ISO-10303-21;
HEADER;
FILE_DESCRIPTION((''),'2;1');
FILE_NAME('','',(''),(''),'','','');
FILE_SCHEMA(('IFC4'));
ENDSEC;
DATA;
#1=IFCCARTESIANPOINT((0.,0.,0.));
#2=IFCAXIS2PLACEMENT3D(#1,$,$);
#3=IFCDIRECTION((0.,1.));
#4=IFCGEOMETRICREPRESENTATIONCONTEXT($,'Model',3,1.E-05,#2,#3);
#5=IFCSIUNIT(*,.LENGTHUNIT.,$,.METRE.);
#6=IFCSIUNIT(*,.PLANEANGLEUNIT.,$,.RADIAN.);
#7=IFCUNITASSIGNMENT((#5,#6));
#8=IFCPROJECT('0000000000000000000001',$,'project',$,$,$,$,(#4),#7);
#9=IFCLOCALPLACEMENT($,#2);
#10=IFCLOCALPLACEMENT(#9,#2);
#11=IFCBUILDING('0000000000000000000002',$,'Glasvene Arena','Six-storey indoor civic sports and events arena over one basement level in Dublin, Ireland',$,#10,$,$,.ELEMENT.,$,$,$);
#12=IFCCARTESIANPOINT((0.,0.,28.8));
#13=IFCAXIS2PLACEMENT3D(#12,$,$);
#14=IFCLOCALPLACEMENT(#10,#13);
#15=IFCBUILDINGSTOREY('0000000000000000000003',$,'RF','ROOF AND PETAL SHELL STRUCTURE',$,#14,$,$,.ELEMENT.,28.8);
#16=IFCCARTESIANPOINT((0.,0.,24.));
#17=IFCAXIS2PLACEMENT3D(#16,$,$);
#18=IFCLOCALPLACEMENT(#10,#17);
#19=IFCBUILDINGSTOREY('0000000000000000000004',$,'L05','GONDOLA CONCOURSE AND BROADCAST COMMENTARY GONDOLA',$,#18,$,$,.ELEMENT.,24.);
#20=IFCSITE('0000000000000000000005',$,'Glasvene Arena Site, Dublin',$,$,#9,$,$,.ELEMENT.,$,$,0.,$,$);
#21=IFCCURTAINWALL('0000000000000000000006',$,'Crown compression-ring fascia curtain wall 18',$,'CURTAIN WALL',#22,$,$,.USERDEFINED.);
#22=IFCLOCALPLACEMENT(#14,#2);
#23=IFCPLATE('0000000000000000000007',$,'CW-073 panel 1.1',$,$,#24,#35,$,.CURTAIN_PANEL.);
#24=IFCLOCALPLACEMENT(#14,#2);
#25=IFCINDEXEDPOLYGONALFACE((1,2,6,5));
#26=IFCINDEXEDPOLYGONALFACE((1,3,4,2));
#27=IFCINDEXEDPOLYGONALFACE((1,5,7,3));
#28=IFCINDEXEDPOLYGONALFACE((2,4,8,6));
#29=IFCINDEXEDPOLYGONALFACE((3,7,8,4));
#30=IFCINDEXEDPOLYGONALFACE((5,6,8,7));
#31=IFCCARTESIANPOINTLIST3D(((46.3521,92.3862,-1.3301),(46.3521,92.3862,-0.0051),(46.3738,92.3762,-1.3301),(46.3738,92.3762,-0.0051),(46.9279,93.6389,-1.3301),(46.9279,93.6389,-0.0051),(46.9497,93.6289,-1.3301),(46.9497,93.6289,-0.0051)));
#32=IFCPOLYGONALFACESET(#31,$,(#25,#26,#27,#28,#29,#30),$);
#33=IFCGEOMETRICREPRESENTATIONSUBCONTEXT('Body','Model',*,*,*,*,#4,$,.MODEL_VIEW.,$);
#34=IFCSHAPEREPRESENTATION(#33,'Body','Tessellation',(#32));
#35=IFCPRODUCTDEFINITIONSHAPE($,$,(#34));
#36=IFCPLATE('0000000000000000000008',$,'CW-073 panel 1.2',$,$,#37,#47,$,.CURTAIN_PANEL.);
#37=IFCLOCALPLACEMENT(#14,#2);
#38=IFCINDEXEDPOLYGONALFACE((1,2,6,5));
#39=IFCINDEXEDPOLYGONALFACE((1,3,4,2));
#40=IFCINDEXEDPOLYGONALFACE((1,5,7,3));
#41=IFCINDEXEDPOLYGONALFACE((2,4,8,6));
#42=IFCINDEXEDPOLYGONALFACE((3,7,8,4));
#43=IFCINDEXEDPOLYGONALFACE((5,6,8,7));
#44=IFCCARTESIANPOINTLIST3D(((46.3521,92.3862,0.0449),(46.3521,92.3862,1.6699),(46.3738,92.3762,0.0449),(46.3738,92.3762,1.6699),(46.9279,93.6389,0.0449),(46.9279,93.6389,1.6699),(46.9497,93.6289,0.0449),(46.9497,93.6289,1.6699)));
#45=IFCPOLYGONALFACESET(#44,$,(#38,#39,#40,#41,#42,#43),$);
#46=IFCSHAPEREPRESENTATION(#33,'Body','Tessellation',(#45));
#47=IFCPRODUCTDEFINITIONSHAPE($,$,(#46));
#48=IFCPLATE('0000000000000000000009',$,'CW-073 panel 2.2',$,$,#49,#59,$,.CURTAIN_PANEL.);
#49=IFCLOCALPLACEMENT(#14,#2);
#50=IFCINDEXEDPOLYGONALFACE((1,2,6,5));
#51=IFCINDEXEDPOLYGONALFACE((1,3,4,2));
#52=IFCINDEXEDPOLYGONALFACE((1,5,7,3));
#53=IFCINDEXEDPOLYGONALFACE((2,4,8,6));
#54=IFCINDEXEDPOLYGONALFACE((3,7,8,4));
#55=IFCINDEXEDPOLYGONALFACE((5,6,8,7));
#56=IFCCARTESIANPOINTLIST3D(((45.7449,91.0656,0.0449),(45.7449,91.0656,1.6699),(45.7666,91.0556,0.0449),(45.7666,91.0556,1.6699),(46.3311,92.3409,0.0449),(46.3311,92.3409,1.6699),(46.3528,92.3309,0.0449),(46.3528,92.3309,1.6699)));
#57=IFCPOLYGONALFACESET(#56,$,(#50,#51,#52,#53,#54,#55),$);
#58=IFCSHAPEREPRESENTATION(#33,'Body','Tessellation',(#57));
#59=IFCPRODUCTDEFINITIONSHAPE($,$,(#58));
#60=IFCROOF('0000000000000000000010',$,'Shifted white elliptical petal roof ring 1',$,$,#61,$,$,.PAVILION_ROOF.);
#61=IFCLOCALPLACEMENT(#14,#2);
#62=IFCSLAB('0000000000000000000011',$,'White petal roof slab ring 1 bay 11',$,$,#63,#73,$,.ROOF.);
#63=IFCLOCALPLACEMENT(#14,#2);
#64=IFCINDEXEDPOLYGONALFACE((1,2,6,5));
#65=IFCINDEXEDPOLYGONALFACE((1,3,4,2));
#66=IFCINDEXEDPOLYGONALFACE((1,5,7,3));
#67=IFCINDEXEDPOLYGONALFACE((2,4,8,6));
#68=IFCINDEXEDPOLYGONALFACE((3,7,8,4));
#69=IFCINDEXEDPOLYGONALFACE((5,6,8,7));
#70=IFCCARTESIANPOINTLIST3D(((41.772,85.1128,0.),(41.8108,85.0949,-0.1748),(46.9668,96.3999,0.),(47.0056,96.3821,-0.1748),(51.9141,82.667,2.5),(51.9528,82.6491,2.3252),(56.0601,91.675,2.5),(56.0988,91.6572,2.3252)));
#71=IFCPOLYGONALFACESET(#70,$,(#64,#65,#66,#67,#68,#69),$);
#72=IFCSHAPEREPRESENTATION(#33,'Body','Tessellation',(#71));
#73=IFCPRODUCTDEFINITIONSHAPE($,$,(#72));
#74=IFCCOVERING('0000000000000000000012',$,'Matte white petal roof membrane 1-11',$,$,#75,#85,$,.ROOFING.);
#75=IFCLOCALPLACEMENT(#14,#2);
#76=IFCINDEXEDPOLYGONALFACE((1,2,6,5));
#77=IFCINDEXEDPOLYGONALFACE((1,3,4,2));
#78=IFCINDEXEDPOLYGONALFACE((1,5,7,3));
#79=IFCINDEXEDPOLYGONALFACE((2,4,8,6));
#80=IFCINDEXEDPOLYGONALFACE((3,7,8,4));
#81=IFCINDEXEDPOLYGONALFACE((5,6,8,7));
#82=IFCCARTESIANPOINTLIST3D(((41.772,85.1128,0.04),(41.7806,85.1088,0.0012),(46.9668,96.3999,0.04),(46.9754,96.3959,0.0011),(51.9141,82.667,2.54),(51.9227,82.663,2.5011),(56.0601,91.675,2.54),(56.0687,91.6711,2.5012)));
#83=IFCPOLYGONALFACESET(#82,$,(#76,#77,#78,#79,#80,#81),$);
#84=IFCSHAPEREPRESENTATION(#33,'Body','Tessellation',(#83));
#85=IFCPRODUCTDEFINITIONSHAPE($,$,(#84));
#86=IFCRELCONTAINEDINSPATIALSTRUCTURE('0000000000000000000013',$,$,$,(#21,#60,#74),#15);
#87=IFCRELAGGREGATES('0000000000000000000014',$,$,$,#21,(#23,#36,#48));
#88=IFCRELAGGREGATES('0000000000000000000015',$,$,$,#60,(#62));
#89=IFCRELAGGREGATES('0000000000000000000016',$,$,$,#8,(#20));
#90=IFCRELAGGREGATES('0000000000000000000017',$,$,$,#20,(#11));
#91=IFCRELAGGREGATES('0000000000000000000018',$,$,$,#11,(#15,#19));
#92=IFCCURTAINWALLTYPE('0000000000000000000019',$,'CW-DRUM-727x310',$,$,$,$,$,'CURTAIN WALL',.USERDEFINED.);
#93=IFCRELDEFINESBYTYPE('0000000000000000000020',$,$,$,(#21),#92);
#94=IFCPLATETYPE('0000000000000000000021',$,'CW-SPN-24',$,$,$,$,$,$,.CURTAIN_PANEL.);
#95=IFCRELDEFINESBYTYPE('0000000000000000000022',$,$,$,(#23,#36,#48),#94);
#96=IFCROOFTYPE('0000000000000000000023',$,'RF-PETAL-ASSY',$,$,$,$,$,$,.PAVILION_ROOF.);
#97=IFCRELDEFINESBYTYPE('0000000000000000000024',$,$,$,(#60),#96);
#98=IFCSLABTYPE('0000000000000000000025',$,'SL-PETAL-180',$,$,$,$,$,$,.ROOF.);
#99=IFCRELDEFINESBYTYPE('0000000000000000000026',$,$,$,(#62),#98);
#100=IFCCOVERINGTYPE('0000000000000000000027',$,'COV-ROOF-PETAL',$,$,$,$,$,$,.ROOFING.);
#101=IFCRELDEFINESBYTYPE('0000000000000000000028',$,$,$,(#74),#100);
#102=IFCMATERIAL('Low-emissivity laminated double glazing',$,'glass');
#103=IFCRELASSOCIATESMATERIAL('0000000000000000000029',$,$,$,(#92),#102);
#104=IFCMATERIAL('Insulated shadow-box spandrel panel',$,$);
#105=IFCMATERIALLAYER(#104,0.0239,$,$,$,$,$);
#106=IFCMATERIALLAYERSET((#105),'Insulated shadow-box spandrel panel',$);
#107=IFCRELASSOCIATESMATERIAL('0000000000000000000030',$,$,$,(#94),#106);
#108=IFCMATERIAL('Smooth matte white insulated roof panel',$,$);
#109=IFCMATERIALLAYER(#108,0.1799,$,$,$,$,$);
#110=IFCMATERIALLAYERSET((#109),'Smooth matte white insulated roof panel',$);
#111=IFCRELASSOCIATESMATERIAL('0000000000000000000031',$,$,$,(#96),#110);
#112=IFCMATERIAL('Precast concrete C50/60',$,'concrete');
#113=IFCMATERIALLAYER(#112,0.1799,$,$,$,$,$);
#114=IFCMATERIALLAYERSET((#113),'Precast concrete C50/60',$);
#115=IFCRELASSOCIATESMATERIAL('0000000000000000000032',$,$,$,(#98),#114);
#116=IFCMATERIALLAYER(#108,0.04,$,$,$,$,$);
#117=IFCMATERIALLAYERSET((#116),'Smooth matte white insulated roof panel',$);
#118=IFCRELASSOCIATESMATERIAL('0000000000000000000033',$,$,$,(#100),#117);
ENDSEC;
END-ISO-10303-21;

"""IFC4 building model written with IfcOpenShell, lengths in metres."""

from ifc_helpers import new_model, si_unit, direction, frame, origin, origin_2d, place, context, subcontext, project, spatial, polyline, rectangle, outline, extrude, material, layer, layer_set, type_object, element, aggregate, save


model = new_model("IFC4")

# Units and contexts
model_context = context("Model", 3, precision=1e-05, world=origin(), true_north=direction((0.0, 1.0)))
body_context = subcontext(model_context, "Body", "Model", "MODEL_VIEW")
ifc_project = project(units=[si_unit("LENGTHUNIT", "METRE"), si_unit("PLANEANGLEUNIT", "RADIAN")], contexts=[model_context])

# Site, building, storey
site_placement = place(None, origin())
site = spatial("IfcSite", under=ifc_project, at=site_placement, Name="Glasvene Arena Site, Dublin", CompositionType="ELEMENT", RefElevation=0.0)
building_placement = place(site_placement, origin())
building = spatial("IfcBuilding", under=site, at=building_placement, Name="Glasvene Arena", Description="Six-storey indoor civic sports and events arena over one basement level in Dublin, Ireland", CompositionType="ELEMENT")
storey_1_placement = place(building_placement, frame((0.0, 0.0, 28.8)))
storey_1 = spatial("IfcBuildingStorey", under=building, at=storey_1_placement, Name="RF", Description="ROOF AND PETAL SHELL STRUCTURE", CompositionType="ELEMENT", Elevation=28.8)

# Shared definitions
ifc_material_1 = material(Name="Low-emissivity laminated double glazing", Category="glass")

# Curtain wall
curtain_wall_type_1 = type_object("IfcCurtainWallType", Name="CW-DRUM-727x310", ElementType="CURTAIN WALL", PredefinedType="USERDEFINED", material=ifc_material_1)
curtain_wall_1_placement = place(storey_1_placement, frame((46.9597, 93.6792, 0.0)))
curtain_wall_1 = element("IfcCurtainWall", 1, at=curtain_wall_1_placement, inside=storey_1, type_object=curtain_wall_type_1, Name="Crown compression-ring fascia curtain wall 18", ObjectType="CURTAIN WALL", PredefinedType="USERDEFINED")

# Plates
ifc_material_2 = material(Name="Insulated shadow-box spandrel panel")
ifc_layer_1 = layer(ifc_material_2, 0.0239)
ifc_layer_set_1 = layer_set([ifc_layer_1], Name="Insulated shadow-box spandrel panel")
plate_type = type_object("IfcPlateType", Name="CW-SPN-24", PredefinedType="CURTAIN_PANEL", material=ifc_layer_set_1)
plate_1_placement = place(storey_1_placement, frame((46.6509, 93.0076, -1.3301), z_axis=(0.0, 0.0, 1.0), x_axis=(-0.417661, -0.908603, 0.0)))
plate_1 = element("IfcPlate", 2, at=plate_1_placement, type_object=plate_type, Name="CW-073 panel 1.1", PredefinedType="CURTAIN_PANEL", context=body_context, shape_type="SweptSolid", body=[
    extrude(rectangle(XDim=1.3787, YDim=0.0239, at=origin_2d()), origin(), (0.0, 0.0, 1.0), 1.325),
])
plate_2_placement = place(storey_1_placement, frame((46.6509, 93.0076, 0.0449), z_axis=(0.0, 0.0, 1.0), x_axis=(-0.417661, -0.908603, 0.0)))
plate_2 = element("IfcPlate", 3, at=plate_2_placement, type_object=plate_type, Name="CW-073 panel 1.2", PredefinedType="CURTAIN_PANEL", context=body_context, shape_type="SweptSolid", body=[
    extrude(rectangle(XDim=1.3787, YDim=0.0239, at=origin_2d()), origin(), (0.0, 0.0, 1.0), 1.625),
])
plate_3_placement = place(storey_1_placement, frame((46.0488, 91.6982, 0.0449), z_axis=(0.0, 0.0, 1.0), x_axis=(-0.417661, -0.908603, 0.0)))
plate_3 = element("IfcPlate", 4, at=plate_3_placement, type_object=plate_type, Name="CW-073 panel 2.2", PredefinedType="CURTAIN_PANEL", context=body_context, shape_type="SweptSolid", body=[
    extrude(rectangle(XDim=1.4036, YDim=0.0239, at=origin_2d()), origin(), (0.0, 0.0, 1.0), 1.625),
])
aggregate(curtain_wall_1, [plate_1, plate_2, plate_3])

# Roof, slab
ifc_material_3 = material(Name="Smooth matte white insulated roof panel")
ifc_layer_2 = layer(ifc_material_3, 0.1799)
ifc_layer_set_2 = layer_set([ifc_layer_2], Name="Smooth matte white insulated roof panel")
roof_type = type_object("IfcRoofType", Name="RF-PETAL-ASSY", PredefinedType="PAVILION_ROOF", material=ifc_layer_set_2)
roof_placement = place(storey_1_placement, frame((92.0, 73.0, 0.0)))
roof = element("IfcRoof", 5, at=roof_placement, inside=storey_1, type_object=roof_type, Name="Shifted white elliptical petal roof ring 1", PredefinedType="PAVILION_ROOF")
ifc_material_4 = material(Name="Precast concrete C50/60", Category="concrete")
ifc_layer_3 = layer(ifc_material_4, 0.1799)
ifc_layer_set_3 = layer_set([ifc_layer_3], Name="Precast concrete C50/60")
slab_type = type_object("IfcSlabType", Name="SL-PETAL-180", PredefinedType="ROOF", material=ifc_layer_set_3)
slab_1_placement = place(storey_1_placement, frame((46.9668, 96.3999, 0.0), z_axis=(-0.215535, 0.0992, 0.971444), x_axis=(-0.418089, -0.908406, 0.000001)))
slab_1 = element("IfcSlab", 6, at=slab_1_placement, type_object=slab_type, Name="White petal roof slab ring 1 bay 11", PredefinedType="ROOF", context=body_context, shape_type="SweptSolid", body=[
    extrude(outline(polyline([(0.0, 0.0), (12.4252, 0.0), (10.4067, 10.5366), (0.4903, 10.5367), (0.0, 0.0)])), origin(), (0.0, 0.0, -1.0), 0.1799),
])
aggregate(roof, [slab_1])

# Shared definitions
storey_2_placement = place(building_placement, frame((0.0, 0.0, 24.0)))
storey_2 = spatial("IfcBuildingStorey", under=building, at=storey_2_placement, Name="L05", Description="GONDOLA CONCOURSE AND BROADCAST COMMENTARY GONDOLA", CompositionType="ELEMENT", Elevation=24.0)

# Covering
ifc_layer_4 = layer(ifc_material_3, 0.04)
ifc_layer_set_4 = layer_set([ifc_layer_4], Name="Smooth matte white insulated roof panel")
covering_type = type_object("IfcCoveringType", Name="COV-ROOF-PETAL", PredefinedType="ROOFING", material=ifc_layer_set_4)
covering_placement = place(storey_1_placement, frame((46.9668, 96.3999, 0.04), z_axis=(-0.215535, 0.0992, 0.971444), x_axis=(-0.418089, -0.908406, 0.000001)))
element("IfcCovering", 7, at=covering_placement, inside=storey_1, type_object=covering_type, Name="Matte white petal roof membrane 1-11", PredefinedType="ROOFING", context=body_context, shape_type="SweptSolid", body=[
    extrude(outline(polyline([(0.0, 0.0), (12.4252, 0.0), (10.4067, 10.5366), (0.4903, 10.5367), (0.0, 0.0)])), origin(), (0.0, 0.0, -1.0), 0.04),
])

save(model, "model.ifc")
